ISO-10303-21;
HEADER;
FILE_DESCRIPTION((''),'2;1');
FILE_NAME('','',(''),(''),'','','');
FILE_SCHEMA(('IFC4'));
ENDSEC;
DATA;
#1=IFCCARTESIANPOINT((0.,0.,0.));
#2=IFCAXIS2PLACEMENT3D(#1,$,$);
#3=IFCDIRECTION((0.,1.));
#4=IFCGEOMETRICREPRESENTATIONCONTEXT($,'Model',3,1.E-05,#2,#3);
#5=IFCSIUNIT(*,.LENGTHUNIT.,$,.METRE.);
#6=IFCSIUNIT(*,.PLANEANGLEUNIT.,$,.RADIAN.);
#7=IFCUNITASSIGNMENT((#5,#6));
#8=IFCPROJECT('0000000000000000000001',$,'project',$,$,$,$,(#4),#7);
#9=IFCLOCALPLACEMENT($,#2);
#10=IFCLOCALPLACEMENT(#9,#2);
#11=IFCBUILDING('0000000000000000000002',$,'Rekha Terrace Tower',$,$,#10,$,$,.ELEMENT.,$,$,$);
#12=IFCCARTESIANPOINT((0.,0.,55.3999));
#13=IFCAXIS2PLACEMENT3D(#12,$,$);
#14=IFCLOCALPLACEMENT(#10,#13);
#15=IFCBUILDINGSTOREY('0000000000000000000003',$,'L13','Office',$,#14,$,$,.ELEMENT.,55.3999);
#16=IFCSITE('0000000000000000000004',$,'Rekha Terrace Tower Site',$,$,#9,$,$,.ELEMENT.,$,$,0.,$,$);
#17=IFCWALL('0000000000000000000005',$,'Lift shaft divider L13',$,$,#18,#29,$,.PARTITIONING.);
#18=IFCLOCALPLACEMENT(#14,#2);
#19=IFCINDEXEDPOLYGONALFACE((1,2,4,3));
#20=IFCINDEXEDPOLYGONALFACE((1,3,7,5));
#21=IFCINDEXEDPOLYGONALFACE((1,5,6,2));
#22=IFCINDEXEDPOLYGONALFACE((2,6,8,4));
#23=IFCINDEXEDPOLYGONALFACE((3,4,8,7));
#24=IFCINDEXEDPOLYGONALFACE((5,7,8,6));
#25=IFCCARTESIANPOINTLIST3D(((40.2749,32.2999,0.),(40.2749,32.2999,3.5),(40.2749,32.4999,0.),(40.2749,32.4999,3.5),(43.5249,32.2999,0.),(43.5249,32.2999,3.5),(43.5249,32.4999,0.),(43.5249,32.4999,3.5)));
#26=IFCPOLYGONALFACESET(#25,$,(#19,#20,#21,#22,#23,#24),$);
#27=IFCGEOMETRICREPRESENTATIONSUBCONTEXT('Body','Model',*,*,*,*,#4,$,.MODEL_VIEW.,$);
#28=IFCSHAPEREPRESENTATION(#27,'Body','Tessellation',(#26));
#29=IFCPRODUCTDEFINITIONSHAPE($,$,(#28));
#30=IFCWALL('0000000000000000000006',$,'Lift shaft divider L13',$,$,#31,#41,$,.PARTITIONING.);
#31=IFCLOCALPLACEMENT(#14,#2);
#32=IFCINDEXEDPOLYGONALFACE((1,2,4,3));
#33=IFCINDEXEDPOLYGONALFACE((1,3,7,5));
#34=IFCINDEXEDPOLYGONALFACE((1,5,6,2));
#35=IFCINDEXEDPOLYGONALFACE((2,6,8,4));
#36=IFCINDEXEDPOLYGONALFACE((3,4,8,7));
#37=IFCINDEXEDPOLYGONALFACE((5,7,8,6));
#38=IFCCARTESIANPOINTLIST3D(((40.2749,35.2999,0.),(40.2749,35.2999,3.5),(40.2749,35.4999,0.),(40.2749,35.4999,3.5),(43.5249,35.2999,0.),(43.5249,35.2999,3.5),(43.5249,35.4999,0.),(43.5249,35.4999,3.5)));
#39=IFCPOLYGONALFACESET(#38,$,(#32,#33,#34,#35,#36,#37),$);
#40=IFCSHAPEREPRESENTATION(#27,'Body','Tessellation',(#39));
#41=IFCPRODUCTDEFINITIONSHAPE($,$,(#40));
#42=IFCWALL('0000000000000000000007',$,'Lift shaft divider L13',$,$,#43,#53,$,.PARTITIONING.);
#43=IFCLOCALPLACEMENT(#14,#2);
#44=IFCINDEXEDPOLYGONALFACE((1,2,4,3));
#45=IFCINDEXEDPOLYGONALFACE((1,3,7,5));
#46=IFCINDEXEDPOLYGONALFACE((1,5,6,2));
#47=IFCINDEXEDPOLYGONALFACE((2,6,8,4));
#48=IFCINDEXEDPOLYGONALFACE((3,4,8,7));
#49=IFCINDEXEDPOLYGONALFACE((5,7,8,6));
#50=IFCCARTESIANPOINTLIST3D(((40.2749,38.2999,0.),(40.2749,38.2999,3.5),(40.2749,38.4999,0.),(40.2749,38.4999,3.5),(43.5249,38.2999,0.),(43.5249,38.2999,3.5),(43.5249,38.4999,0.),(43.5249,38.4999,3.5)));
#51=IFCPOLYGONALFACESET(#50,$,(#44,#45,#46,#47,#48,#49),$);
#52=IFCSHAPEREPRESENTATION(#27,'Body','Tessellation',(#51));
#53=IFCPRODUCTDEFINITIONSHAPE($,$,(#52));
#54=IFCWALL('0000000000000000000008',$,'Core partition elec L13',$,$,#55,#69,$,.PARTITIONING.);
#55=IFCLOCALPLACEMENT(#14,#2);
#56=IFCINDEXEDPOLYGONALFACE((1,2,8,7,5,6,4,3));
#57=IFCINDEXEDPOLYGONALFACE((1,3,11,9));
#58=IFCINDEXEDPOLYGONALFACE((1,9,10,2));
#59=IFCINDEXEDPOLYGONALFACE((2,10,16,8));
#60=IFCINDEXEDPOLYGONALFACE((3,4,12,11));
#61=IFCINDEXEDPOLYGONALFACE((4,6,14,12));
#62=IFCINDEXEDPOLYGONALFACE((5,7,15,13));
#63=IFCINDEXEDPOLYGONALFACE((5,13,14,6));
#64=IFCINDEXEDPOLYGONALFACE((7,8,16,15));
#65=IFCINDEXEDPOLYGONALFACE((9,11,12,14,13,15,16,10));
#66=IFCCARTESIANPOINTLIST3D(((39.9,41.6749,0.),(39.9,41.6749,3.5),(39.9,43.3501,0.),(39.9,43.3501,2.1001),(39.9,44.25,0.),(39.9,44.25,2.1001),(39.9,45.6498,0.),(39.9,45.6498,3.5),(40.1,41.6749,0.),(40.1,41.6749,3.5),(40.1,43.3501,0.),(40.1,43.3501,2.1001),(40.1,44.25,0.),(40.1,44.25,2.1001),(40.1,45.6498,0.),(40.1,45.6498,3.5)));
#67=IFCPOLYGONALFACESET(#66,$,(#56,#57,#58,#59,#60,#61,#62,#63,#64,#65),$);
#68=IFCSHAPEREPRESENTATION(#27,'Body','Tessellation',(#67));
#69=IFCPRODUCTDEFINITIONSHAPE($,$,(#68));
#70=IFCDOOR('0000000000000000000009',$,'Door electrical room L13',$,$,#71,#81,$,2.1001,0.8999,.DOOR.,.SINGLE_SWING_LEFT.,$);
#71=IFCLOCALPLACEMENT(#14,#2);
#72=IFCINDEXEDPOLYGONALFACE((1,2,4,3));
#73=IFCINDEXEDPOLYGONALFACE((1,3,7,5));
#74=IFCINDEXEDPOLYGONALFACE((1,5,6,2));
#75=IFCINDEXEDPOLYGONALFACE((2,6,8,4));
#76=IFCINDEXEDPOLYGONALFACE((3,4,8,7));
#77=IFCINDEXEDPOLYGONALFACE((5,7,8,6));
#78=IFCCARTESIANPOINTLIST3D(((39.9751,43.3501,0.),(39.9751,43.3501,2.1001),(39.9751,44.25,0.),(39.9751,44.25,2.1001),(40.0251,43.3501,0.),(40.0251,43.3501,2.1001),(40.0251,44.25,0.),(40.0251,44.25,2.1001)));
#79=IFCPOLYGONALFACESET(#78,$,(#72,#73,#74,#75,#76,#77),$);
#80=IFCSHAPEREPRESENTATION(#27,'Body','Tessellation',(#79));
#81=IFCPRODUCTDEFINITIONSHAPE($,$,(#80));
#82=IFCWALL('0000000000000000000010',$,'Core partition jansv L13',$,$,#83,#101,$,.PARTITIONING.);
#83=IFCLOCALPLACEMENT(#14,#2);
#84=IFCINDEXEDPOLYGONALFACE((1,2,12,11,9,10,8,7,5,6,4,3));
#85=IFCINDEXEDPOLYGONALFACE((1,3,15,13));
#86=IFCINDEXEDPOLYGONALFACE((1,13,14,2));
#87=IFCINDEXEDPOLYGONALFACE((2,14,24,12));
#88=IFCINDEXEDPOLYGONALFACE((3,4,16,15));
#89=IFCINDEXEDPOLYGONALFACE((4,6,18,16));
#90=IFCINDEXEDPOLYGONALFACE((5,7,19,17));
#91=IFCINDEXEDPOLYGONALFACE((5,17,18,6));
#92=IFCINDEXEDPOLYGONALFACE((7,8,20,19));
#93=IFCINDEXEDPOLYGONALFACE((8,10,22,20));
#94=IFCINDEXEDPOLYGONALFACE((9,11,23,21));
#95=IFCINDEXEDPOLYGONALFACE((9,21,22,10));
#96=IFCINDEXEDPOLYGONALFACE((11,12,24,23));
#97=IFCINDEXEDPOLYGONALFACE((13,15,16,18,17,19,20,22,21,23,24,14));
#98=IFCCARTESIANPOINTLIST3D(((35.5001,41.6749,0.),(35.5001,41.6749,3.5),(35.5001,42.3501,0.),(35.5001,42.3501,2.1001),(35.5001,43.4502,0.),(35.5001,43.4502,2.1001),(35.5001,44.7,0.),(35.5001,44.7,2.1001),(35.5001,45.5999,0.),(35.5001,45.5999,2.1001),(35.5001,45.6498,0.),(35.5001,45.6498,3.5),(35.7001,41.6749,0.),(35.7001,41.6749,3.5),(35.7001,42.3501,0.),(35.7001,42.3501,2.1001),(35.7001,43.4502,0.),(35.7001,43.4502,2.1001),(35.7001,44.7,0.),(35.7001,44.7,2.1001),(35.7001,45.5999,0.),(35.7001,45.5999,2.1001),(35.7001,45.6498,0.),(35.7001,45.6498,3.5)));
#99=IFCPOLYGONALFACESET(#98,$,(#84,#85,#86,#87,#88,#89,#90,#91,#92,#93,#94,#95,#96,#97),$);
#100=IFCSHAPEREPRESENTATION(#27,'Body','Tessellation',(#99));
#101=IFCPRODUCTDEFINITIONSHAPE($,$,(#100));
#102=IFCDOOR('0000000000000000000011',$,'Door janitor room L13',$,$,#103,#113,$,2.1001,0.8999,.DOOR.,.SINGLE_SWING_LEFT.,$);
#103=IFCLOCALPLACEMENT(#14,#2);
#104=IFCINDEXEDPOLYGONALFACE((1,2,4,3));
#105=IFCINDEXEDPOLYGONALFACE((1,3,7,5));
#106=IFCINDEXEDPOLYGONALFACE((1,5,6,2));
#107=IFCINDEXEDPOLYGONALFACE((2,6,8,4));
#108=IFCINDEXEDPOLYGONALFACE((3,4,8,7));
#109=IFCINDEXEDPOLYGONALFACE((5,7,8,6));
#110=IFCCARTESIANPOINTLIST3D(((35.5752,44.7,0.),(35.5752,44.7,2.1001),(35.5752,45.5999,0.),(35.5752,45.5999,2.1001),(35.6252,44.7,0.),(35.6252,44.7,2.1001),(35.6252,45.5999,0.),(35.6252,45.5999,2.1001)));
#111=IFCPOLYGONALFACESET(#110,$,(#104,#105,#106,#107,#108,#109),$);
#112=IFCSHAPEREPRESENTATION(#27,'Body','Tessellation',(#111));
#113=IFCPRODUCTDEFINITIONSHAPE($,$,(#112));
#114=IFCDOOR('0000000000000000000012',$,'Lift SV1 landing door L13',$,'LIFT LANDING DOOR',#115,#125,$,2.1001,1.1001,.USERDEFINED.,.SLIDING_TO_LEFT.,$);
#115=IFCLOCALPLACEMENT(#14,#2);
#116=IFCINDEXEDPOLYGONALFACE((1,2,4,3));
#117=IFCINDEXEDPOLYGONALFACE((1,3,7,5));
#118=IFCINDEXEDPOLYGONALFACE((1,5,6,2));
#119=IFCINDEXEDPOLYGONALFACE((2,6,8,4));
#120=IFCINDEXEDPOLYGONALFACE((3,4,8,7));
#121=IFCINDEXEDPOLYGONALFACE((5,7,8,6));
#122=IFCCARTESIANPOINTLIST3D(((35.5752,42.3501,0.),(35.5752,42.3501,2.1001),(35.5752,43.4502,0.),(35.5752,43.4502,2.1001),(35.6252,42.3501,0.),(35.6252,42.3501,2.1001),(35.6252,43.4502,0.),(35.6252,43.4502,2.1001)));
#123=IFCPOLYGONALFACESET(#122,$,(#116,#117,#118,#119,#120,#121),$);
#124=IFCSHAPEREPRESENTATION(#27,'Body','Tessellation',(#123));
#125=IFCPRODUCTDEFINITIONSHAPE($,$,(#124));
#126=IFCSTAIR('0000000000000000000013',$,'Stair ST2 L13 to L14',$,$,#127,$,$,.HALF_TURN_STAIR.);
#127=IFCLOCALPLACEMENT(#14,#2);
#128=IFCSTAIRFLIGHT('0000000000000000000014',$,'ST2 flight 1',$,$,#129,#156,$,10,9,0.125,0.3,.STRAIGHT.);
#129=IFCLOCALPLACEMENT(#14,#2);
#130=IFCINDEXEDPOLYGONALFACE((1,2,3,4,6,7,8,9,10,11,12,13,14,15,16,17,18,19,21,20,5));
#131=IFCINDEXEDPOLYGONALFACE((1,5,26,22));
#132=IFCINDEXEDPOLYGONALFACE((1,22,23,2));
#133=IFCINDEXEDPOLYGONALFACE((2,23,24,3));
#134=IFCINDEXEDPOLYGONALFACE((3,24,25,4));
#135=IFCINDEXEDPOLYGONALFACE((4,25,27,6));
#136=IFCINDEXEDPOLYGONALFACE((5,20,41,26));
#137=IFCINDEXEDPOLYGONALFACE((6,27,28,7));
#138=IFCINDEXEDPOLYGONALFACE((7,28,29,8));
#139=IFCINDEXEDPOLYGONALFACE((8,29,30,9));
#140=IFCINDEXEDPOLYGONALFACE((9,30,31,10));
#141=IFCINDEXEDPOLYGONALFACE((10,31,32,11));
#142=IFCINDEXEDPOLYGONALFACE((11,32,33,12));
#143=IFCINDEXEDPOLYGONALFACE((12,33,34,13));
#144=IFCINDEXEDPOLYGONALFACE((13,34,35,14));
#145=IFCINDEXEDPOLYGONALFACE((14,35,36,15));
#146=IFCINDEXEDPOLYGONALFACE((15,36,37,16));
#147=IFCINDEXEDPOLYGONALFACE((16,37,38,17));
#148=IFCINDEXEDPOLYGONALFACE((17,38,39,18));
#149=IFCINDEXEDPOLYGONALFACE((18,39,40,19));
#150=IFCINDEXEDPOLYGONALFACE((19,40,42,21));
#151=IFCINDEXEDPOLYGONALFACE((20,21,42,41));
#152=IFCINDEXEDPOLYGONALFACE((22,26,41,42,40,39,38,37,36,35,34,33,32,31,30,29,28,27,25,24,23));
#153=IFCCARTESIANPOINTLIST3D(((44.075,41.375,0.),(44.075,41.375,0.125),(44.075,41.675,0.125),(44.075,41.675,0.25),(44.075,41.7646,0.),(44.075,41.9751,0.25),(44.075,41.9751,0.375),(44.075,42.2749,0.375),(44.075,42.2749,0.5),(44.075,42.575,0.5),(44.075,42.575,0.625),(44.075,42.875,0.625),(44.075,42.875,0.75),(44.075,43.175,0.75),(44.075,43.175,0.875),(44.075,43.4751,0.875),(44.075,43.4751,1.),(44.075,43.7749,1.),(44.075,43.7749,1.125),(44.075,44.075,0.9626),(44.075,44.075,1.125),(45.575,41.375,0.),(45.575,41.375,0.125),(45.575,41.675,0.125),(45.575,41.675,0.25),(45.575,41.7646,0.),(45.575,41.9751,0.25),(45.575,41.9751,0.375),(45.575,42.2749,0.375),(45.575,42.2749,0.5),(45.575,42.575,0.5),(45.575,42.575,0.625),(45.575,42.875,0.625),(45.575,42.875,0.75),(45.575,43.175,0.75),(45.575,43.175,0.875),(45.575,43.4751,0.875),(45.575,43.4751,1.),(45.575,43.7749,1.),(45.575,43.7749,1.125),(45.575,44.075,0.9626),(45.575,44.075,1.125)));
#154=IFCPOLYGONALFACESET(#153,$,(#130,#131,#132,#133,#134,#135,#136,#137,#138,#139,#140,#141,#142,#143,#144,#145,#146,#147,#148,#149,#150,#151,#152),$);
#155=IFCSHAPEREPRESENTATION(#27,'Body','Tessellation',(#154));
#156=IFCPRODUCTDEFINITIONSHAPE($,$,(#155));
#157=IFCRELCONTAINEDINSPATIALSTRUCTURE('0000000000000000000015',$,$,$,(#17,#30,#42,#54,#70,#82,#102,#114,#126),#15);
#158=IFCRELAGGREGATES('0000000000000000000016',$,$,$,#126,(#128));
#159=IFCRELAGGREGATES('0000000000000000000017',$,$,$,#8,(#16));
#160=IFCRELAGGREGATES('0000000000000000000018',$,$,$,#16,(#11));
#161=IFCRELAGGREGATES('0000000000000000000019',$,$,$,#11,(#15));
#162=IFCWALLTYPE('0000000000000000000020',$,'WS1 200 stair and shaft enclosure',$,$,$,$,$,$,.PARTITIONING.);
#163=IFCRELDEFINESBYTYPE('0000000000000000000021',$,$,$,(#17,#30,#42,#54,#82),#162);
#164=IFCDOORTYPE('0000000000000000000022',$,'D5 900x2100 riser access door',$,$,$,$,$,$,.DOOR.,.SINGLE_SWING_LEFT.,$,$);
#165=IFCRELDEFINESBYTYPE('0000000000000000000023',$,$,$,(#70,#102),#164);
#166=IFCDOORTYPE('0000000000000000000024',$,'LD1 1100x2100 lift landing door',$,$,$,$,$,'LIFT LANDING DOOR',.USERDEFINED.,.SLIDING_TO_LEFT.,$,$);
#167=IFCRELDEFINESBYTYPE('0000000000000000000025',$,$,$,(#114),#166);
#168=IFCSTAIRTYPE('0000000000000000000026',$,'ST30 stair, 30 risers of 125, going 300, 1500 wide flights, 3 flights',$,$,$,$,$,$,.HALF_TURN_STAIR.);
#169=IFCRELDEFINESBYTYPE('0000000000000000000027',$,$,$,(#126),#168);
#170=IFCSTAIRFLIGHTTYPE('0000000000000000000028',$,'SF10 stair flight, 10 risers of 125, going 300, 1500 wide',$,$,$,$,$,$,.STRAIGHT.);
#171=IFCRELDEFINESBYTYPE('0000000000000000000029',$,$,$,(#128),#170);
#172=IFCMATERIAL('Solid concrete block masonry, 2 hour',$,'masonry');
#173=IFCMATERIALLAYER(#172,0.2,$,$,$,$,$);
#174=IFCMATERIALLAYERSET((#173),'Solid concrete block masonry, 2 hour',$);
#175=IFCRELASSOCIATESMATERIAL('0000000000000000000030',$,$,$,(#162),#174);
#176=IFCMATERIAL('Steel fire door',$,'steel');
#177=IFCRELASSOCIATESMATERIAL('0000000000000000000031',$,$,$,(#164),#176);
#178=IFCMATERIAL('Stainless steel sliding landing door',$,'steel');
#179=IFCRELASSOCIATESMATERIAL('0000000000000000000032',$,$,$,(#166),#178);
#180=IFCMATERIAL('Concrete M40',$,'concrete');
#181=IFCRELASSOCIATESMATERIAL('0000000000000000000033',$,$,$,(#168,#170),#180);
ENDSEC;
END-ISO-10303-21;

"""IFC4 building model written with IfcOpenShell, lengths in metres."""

from ifc_helpers import new_model, si_unit, direction, frame, frame_2d, origin, place, context, subcontext, project, spatial, polyline, rectangle, outline, extrude, material, layer, layer_set, type_object, element, fill, aggregate, save


model = new_model("IFC4")

# Units and contexts
model_context = context("Model", 3, precision=1e-05, world=origin(), true_north=direction((0.0, 1.0)))
body_context = subcontext(model_context, "Body", "Model", "MODEL_VIEW")
ifc_project = project(units=[si_unit("LENGTHUNIT", "METRE"), si_unit("PLANEANGLEUNIT", "RADIAN")], contexts=[model_context])

# Site, building, storey
site_placement = place(None, origin())
site = spatial("IfcSite", under=ifc_project, at=site_placement, Name="Rekha Terrace Tower Site", CompositionType="ELEMENT", RefElevation=0.0)
building_placement = place(site_placement, origin())
building = spatial("IfcBuilding", under=site, at=building_placement, Name="Rekha Terrace Tower", CompositionType="ELEMENT")
storey_placement = place(building_placement, frame((0.0, 0.0, 55.3999)))
storey = spatial("IfcBuildingStorey", under=building, at=storey_placement, Name="L13", Description="Office", CompositionType="ELEMENT", Elevation=55.3999)

# Shared definitions
ifc_material_1 = material(Name="Stainless steel sliding landing door", Category="steel")
ifc_material_2 = material(Name="Steel fire door", Category="steel")

# Walls
ifc_material_3 = material(Name="Solid concrete block masonry, 2 hour", Category="masonry")
ifc_layer_1 = layer(ifc_material_3, 0.2)
ifc_layer_set_1 = layer_set([ifc_layer_1], Name="Solid concrete block masonry, 2 hour")
wall_type_1 = type_object("IfcWallType", Name="WS1 200 stair and shaft enclosure", PredefinedType="PARTITIONING", material=ifc_layer_set_1)
for number, where, z_axis, x_axis, name in (
    (1, (40.2749, 32.3999, 0.0), (0.0, 0.0, 1.0), (1.0, 0.0, 0.0), "Lift shaft divider L13"),
    (2, (40.2749, 35.3999, 0.0), (0.0, 0.0, 1.0), (1.0, 0.0, 0.0), "Lift shaft divider L13"),
    (3, (40.2749, 38.3999, 0.0), (0.0, 0.0, 1.0), (1.0, 0.0, 0.0), "Lift shaft divider L13"),
):
    element("IfcWall", number, at=place(storey_placement, frame(where, z_axis=z_axis, x_axis=x_axis)), inside=storey, type_object=wall_type_1, Name=name, PredefinedType="PARTITIONING", context=body_context, shape_type="SweptSolid", body=[
        extrude(rectangle(XDim=3.25, YDim=0.2, at=frame_2d((1.625, 0.0))), origin(), (0.0, 0.0, 1.0), 3.5),
    ])

# Wall, opening, door
wall_1_placement = place(storey_placement, frame((40.0, 41.675, 0.0), z_axis=(0.0, 0.0, 1.0), x_axis=(0.0, 1.0, 0.0)))
wall_1 = element("IfcWall", 4, at=wall_1_placement, inside=storey, type_object=wall_type_1, Name="Core partition elec L13", PredefinedType="PARTITIONING", context=body_context, shape_type="SweptSolid", body=[
    extrude(rectangle(XDim=3.9749, YDim=0.2, at=frame_2d((1.9873, 0.0))), origin(), (0.0, 0.0, 1.0), 3.5),
])
opening_1_placement = place(wall_1_placement, frame((1.675, 0.0, 0.0)))
opening_1 = element("IfcOpeningElement", 5, at=opening_1_placement, cuts=wall_1, PredefinedType="OPENING", context=body_context, shape_type="SweptSolid", body=[
    extrude(rectangle(XDim=0.8999, YDim=2.1001, at=frame_2d((0.45, 1.05))), frame((0.0, 0.1099, 0.0), z_axis=(0.0, -1.0, 0.0), x_axis=(1.0, 0.0, 0.0)), (0.0, 0.0, 1.0), 0.22),
])
door_type_1 = type_object("IfcDoorType", Name="D5 900x2100 riser access door", OperationType="SINGLE_SWING_LEFT", PredefinedType="DOOR", material=ifc_material_2)
door_1_placement = place(opening_1_placement, origin())
door_1 = element("IfcDoor", 6, at=door_1_placement, inside=storey, type_object=door_type_1, Name="Door electrical room L13", OperationType="SINGLE_SWING_LEFT", OverallHeight=2.1001, OverallWidth=0.8999, PredefinedType="DOOR", context=body_context, shape_type="SweptSolid", body=[
    extrude(rectangle(XDim=0.8999, YDim=2.1001, at=frame_2d((0.45, 1.05))), frame((0.0, 0.0249, 0.0), z_axis=(0.0, -1.0, 0.0), x_axis=(1.0, 0.0, 0.0)), (0.0, 0.0, 1.0), 0.05),
])
fill(opening_1, door_1)

# Wall, openings, doors
wall_2_placement = place(storey_placement, frame((35.6001, 41.675, 0.0), z_axis=(0.0, 0.0, 1.0), x_axis=(0.0, 1.0, 0.0)))
wall_2 = element("IfcWall", 7, at=wall_2_placement, inside=storey, type_object=wall_type_1, Name="Core partition jansv L13", PredefinedType="PARTITIONING", context=body_context, shape_type="SweptSolid", body=[
    extrude(rectangle(XDim=3.9749, YDim=0.2, at=frame_2d((1.9873, 0.0))), origin(), (0.0, 0.0, 1.0), 3.5),
])
opening_2_placement = place(wall_2_placement, frame((3.0249, 0.0, 0.0)))
opening_2 = element("IfcOpeningElement", 8, at=opening_2_placement, cuts=wall_2, PredefinedType="OPENING", context=body_context, shape_type="SweptSolid", body=[
    extrude(rectangle(XDim=0.8999, YDim=2.1001, at=frame_2d((0.45, 1.05))), frame((0.0, 0.1099, 0.0), z_axis=(0.0, -1.0, 0.0), x_axis=(1.0, 0.0, 0.0)), (0.0, 0.0, 1.0), 0.22),
])
opening_3_placement = place(wall_2_placement, frame((0.675, 0.0, 0.0)))
opening_3 = element("IfcOpeningElement", 9, at=opening_3_placement, cuts=wall_2, PredefinedType="OPENING", context=body_context, shape_type="SweptSolid", body=[
    extrude(rectangle(XDim=1.1001, YDim=2.1001, at=frame_2d((0.55, 1.05))), frame((0.0, 0.1099, 0.0), z_axis=(0.0, -1.0, 0.0), x_axis=(1.0, 0.0, 0.0)), (0.0, 0.0, 1.0), 0.22),
])
door_2_placement = place(opening_2_placement, origin())
door_2 = element("IfcDoor", 10, at=door_2_placement, inside=storey, type_object=door_type_1, Name="Door janitor room L13", OperationType="SINGLE_SWING_LEFT", OverallHeight=2.1001, OverallWidth=0.8999, PredefinedType="DOOR", context=body_context, shape_type="SweptSolid", body=[
    extrude(rectangle(XDim=0.8999, YDim=2.1001, at=frame_2d((0.45, 1.05))), frame((0.0, 0.0249, 0.0), z_axis=(0.0, -1.0, 0.0), x_axis=(1.0, 0.0, 0.0)), (0.0, 0.0, 1.0), 0.05),
])
fill(opening_2, door_2)
door_type_2 = type_object("IfcDoorType", Name="LD1 1100x2100 lift landing door", ElementType="LIFT LANDING DOOR", OperationType="SLIDING_TO_LEFT", PredefinedType="USERDEFINED", material=ifc_material_1)
door_3_placement = place(opening_3_placement, origin())
door_3 = element("IfcDoor", 11, at=door_3_placement, inside=storey, type_object=door_type_2, Name="Lift SV1 landing door L13", ObjectType="LIFT LANDING DOOR", OperationType="SLIDING_TO_LEFT", OverallHeight=2.1001, OverallWidth=1.1001, PredefinedType="USERDEFINED", context=body_context, shape_type="SweptSolid", body=[
    extrude(rectangle(XDim=1.1001, YDim=2.1001, at=frame_2d((0.55, 1.05))), frame((0.0, 0.0249, 0.0), z_axis=(0.0, -1.0, 0.0), x_axis=(1.0, 0.0, 0.0)), (0.0, 0.0, 1.0), 0.05),
])
fill(opening_3, door_3)

# Stair, stair flight
ifc_material_4 = material(Name="Concrete M40", Category="concrete")
stair_type = type_object("IfcStairType", Name="ST30 stair, 30 risers of 125, going 300, 1500 wide flights, 3 flights", PredefinedType="HALF_TURN_STAIR", material=ifc_material_4)
stair_placement = place(storey_placement, origin())
stair = element("IfcStair", 12, at=stair_placement, inside=storey, type_object=stair_type, Name="Stair ST2 L13 to L14", PredefinedType="HALF_TURN_STAIR")
stair_flight_type = type_object("IfcStairFlightType", Name="SF10 stair flight, 10 risers of 125, going 300, 1500 wide", PredefinedType="STRAIGHT", material=ifc_material_4)
stair_flight_1_placement = place(storey_placement, frame((44.825, 41.375, 0.0), z_axis=(0.0, 0.0, 1.0), x_axis=(0.0, 1.0, 0.0)))
stair_flight_1 = element("IfcStairFlight", 13, at=stair_flight_1_placement, type_object=stair_flight_type, Name="ST2 flight 1", NumberOfRisers=10, NumberOfTreads=9, PredefinedType="STRAIGHT", RiserHeight=0.125, TreadLength=0.3, context=body_context, shape_type="SweptSolid", body=[
    extrude(outline(polyline([(0.0, 0.0), (0.0, 0.125), (0.3, 0.125), (0.3, 0.25), (0.6001, 0.25), (0.6001, 0.375), (0.8999, 0.375), (0.8999, 0.5), (1.2, 0.5), (1.2, 0.625), (1.5, 0.625), (1.5, 0.75), (1.8, 0.75), (1.8, 0.875), (2.1001, 0.875), (2.1001, 1.0), (2.3999, 1.0), (2.3999, 1.125), (2.7, 1.125), (2.7, 1.25), (2.7, 0.9626), (0.3896, 0.0), (0.0, 0.0)])), frame((0.0, 0.75, 0.0), z_axis=(0.0, -1.0, 0.0), x_axis=(1.0, 0.0, 0.0)), (0.0, 0.0, 1.0), 1.5),
])
aggregate(stair, [stair_flight_1])

save(model, "model.ifc")
